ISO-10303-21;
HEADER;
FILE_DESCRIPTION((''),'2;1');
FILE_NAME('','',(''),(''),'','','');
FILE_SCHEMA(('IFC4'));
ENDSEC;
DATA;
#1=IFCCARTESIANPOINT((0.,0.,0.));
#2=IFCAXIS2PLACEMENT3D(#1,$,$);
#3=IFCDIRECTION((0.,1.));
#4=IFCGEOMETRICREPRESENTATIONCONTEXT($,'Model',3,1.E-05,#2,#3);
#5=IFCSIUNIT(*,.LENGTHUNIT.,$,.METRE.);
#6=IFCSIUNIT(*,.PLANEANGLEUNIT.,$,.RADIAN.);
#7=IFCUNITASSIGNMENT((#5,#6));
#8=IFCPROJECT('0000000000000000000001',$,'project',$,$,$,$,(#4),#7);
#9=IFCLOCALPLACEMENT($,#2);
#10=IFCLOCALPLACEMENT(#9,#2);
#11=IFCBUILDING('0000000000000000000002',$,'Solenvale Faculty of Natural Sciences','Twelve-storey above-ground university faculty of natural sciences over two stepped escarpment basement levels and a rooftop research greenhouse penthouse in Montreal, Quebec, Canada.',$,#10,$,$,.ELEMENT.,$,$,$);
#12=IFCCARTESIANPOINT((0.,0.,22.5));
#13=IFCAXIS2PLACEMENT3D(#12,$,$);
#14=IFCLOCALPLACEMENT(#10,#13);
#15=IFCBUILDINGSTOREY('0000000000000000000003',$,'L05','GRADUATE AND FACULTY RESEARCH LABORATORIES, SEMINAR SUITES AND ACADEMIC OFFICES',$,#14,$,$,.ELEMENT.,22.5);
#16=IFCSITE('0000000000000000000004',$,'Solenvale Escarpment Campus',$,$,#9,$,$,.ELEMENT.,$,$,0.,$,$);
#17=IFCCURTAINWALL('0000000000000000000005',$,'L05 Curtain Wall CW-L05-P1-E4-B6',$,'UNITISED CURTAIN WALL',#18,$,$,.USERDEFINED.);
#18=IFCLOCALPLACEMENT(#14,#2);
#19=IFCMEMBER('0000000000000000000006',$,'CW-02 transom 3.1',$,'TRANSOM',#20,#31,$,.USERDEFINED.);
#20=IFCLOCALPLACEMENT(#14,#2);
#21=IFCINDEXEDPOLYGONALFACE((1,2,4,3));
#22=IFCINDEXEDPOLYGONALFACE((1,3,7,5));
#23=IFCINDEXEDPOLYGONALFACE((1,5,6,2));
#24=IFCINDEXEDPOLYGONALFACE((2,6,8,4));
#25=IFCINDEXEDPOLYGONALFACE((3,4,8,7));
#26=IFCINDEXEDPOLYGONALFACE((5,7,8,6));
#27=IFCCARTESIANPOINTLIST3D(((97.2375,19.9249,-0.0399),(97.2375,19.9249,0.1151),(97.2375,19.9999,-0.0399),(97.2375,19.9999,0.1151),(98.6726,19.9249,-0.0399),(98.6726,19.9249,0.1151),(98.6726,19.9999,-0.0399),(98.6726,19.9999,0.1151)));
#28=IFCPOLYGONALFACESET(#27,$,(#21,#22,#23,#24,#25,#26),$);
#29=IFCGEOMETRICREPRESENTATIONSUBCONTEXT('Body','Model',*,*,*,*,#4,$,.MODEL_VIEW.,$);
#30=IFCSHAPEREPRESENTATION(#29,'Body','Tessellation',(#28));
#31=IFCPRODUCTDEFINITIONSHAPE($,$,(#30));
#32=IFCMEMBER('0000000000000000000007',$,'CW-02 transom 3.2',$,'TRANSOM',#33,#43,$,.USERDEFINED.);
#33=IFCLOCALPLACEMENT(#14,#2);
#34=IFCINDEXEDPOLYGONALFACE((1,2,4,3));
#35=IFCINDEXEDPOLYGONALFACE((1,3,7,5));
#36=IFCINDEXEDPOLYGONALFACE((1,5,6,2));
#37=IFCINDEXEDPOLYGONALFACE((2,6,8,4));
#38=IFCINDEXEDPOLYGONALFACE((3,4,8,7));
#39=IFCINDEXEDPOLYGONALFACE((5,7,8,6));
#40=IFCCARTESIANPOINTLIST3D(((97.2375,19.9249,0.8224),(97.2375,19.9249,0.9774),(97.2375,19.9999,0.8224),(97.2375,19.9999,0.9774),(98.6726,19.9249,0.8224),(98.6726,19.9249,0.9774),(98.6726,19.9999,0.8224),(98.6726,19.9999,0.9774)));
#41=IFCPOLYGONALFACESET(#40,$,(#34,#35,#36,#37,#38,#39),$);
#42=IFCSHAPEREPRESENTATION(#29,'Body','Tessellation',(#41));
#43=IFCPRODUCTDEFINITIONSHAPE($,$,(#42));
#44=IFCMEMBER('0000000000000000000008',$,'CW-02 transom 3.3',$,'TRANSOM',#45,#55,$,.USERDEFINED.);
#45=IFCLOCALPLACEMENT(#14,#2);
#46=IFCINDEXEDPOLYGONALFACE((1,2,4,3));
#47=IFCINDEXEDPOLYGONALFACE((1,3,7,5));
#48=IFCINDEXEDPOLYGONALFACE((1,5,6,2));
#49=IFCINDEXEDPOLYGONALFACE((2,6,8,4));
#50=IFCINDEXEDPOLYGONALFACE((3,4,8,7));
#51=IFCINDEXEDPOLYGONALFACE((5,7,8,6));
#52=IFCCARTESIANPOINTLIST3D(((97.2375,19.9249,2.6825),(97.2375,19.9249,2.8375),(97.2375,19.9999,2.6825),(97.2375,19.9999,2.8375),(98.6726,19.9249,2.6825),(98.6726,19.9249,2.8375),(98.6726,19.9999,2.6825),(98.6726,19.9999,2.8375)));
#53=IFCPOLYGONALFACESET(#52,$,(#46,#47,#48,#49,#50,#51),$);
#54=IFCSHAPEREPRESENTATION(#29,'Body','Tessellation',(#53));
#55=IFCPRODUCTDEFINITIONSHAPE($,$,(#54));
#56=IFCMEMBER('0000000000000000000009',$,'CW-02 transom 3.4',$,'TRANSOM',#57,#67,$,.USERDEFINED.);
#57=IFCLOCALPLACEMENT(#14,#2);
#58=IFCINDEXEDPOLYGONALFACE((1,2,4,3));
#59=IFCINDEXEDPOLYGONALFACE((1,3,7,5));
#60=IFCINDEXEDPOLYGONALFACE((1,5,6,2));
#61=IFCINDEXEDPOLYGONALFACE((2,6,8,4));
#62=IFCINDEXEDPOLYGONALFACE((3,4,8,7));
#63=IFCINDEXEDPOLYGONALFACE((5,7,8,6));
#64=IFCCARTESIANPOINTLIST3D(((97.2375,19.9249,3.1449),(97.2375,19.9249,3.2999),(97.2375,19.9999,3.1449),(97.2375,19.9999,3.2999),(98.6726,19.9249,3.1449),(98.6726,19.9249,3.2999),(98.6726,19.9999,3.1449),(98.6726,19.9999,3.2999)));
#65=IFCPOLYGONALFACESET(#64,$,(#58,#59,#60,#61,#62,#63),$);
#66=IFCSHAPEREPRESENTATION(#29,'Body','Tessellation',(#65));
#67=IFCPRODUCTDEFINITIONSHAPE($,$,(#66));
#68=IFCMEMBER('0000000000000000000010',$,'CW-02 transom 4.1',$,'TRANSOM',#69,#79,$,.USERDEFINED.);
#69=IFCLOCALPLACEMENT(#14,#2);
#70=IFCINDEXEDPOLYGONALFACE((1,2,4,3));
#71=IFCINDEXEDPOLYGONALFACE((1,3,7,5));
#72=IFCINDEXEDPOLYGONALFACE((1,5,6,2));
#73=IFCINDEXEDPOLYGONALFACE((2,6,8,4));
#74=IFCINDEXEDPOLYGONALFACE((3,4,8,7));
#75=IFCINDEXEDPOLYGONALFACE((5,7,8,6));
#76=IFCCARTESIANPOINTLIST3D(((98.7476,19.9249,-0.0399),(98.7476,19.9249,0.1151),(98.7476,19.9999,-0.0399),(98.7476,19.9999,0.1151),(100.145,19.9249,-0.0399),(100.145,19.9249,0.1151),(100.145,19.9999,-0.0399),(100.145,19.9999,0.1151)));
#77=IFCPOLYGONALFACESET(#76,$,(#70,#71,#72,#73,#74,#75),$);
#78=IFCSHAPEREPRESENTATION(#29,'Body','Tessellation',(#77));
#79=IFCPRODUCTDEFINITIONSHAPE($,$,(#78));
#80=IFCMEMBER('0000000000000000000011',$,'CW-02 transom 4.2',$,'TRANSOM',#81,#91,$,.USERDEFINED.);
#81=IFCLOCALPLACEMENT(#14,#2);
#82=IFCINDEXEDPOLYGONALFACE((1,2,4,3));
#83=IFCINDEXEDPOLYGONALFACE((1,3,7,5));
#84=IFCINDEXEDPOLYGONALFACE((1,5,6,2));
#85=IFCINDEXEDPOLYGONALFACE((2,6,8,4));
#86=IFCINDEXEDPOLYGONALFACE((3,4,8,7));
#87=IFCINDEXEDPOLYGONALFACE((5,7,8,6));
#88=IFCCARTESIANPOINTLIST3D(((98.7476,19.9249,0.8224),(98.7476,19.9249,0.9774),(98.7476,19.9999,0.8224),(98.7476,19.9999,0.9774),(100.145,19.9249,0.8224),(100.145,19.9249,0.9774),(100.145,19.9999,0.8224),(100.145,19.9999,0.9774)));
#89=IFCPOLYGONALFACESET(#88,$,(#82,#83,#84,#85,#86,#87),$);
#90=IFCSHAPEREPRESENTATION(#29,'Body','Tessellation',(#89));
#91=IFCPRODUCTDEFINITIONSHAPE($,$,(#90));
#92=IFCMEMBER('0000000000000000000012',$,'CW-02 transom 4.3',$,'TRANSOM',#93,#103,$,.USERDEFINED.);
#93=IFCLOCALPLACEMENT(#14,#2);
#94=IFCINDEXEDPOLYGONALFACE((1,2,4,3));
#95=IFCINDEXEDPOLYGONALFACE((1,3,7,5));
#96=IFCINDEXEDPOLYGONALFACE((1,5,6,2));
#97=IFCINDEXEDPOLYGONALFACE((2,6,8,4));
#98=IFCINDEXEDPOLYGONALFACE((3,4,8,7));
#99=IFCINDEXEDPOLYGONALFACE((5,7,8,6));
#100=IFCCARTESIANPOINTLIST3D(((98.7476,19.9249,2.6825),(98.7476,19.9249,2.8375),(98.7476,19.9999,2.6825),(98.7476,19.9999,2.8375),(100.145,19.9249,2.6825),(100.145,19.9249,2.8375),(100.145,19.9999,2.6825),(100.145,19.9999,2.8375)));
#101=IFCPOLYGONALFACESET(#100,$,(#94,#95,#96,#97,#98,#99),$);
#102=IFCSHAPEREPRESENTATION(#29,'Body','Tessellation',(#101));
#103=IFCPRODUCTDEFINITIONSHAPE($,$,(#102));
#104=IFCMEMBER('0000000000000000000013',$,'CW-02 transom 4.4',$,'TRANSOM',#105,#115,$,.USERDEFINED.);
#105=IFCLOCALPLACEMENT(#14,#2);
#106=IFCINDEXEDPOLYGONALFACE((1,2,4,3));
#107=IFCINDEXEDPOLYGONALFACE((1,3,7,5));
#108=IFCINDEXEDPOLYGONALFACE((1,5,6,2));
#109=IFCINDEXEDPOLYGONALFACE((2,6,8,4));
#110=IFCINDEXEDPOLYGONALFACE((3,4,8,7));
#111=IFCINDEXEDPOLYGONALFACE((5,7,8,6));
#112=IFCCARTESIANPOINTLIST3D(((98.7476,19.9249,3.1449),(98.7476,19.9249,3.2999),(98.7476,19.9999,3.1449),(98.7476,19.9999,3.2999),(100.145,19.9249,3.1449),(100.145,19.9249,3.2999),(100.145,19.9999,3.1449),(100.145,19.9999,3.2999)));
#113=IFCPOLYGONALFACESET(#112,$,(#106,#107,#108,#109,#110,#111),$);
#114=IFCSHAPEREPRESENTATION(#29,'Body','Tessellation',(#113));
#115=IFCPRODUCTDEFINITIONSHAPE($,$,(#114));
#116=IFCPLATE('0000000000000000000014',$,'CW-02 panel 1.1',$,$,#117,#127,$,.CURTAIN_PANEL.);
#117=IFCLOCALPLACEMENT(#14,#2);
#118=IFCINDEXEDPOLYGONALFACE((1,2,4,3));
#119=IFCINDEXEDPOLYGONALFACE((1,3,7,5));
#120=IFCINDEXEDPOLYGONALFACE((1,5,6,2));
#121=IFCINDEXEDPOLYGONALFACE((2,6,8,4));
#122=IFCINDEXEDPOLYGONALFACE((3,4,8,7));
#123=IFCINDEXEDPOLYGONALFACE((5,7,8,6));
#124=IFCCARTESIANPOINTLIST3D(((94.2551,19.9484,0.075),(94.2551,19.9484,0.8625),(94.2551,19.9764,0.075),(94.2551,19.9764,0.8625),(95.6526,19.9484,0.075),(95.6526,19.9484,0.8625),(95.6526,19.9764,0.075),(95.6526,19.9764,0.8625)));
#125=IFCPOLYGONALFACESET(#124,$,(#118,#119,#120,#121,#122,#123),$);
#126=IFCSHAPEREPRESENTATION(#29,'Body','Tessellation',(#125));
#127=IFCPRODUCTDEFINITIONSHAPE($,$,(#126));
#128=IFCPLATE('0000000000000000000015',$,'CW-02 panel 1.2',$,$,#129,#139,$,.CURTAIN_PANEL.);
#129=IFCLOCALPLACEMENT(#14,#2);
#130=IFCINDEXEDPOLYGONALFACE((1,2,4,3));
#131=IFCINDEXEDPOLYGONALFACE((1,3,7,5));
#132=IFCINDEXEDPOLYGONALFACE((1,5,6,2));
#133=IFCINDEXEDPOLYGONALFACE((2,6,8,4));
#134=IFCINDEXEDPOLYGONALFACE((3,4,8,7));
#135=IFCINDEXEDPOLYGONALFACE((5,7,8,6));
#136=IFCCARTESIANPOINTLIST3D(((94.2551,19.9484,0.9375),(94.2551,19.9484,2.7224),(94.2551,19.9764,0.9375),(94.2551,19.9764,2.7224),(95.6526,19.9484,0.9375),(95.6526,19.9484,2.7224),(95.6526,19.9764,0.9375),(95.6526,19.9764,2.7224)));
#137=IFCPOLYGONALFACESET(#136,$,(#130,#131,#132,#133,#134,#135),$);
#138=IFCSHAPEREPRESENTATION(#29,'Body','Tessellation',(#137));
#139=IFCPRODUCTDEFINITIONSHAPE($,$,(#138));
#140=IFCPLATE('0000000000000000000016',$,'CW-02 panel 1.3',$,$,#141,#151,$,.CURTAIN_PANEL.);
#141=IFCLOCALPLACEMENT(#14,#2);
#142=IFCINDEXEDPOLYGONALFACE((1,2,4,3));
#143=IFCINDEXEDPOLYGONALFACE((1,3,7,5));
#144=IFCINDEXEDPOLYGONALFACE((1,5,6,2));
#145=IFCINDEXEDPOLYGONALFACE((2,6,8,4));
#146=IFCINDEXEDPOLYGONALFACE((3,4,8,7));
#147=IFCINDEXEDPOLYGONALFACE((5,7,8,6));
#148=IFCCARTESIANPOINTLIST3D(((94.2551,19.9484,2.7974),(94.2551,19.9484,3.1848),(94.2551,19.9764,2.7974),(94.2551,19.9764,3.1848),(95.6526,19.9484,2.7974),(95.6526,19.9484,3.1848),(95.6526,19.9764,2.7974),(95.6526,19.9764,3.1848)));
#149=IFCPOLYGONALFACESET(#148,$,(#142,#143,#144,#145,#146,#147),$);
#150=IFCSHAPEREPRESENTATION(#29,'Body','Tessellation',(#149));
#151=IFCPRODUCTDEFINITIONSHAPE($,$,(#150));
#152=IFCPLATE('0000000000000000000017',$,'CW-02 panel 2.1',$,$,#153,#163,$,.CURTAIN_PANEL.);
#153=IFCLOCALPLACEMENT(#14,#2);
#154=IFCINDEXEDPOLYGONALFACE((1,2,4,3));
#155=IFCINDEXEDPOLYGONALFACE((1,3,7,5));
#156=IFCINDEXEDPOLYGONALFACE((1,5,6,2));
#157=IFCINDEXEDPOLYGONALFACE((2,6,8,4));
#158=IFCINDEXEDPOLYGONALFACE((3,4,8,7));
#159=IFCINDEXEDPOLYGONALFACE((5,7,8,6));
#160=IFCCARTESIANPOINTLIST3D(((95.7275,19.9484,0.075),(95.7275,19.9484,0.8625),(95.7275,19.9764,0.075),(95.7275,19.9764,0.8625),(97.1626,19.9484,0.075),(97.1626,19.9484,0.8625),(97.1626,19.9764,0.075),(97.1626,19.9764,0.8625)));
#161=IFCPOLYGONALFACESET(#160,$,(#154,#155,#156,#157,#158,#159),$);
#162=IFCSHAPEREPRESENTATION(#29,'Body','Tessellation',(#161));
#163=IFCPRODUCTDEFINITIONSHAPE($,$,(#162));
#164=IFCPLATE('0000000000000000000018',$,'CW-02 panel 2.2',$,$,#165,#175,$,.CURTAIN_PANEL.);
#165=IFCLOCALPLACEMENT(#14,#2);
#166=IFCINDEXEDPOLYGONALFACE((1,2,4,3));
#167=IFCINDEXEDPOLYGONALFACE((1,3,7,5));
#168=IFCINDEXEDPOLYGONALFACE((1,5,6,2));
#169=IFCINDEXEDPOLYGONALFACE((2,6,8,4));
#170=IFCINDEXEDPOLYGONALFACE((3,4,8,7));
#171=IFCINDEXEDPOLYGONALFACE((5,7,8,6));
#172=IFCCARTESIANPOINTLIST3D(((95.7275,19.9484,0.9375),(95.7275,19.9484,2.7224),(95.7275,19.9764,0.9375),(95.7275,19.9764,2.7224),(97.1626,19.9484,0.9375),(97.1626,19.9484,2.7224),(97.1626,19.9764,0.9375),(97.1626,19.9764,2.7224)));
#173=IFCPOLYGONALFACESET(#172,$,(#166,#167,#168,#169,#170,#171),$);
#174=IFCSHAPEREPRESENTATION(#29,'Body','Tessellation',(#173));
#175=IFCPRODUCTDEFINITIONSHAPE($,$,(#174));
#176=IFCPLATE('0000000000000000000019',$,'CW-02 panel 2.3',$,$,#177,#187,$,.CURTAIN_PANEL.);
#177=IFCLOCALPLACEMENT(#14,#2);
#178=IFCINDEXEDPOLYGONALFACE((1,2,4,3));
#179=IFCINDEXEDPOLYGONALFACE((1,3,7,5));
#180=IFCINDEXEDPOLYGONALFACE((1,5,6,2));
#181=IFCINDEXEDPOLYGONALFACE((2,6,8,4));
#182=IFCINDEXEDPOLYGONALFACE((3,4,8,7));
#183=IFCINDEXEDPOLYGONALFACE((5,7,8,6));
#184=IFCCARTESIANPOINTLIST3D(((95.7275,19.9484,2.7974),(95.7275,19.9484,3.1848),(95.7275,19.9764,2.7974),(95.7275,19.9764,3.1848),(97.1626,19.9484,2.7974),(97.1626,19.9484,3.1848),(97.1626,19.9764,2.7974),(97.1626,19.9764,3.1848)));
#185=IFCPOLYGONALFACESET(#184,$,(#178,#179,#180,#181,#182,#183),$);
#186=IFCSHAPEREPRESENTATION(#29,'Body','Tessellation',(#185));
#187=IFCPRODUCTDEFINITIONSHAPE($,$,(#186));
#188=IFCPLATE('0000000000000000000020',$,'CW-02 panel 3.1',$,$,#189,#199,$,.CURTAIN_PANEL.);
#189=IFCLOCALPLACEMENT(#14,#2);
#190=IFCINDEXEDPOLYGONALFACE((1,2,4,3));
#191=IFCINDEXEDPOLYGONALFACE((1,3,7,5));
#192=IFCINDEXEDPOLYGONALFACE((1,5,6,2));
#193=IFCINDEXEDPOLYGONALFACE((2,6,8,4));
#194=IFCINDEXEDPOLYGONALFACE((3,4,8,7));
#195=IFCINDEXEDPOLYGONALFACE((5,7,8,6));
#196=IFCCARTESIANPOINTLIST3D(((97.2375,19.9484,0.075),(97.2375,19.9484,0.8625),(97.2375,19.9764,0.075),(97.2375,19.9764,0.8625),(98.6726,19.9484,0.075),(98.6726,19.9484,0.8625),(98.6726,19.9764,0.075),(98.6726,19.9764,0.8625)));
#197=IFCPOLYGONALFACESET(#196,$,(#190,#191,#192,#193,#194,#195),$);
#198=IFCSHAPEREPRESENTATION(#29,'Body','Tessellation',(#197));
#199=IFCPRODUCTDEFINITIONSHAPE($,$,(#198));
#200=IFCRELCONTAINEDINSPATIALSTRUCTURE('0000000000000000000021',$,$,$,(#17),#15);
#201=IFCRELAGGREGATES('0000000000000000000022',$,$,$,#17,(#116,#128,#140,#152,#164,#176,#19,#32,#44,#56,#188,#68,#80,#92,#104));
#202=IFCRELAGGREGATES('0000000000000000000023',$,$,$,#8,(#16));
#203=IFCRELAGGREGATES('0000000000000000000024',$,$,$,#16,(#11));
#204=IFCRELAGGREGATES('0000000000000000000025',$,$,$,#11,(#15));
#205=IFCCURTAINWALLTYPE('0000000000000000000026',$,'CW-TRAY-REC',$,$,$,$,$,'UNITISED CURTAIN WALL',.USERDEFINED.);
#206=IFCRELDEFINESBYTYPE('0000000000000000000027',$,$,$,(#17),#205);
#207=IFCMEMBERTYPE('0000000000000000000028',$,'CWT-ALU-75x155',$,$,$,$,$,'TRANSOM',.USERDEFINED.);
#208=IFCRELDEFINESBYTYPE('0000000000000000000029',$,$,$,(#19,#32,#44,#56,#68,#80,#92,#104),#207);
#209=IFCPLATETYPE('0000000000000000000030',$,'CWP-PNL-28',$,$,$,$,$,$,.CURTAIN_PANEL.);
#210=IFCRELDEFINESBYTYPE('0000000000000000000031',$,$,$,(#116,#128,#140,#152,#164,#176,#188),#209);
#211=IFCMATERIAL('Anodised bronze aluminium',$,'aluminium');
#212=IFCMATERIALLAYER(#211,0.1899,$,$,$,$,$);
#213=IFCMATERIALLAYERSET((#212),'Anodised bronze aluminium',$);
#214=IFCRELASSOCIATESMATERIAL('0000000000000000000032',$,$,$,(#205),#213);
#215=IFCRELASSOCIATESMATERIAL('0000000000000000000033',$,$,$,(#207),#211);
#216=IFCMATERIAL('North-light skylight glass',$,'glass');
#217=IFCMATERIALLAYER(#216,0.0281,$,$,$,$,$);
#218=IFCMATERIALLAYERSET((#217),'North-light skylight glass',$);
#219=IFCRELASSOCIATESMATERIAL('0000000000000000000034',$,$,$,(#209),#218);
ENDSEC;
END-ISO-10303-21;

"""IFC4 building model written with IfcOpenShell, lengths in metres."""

from ifc_helpers import new_model, si_unit, direction, frame, origin, origin_2d, place, context, subcontext, project, spatial, rectangle, extrude, material, layer, layer_set, material_profile, profile_set, type_object, element, aggregate, save


model = new_model("IFC4")

# Units and contexts
model_context = context("Model", 3, precision=1e-05, world=origin(), true_north=direction((0.0, 1.0)))
body_context = subcontext(model_context, "Body", "Model", "MODEL_VIEW")
ifc_project = project(units=[si_unit("LENGTHUNIT", "METRE"), si_unit("PLANEANGLEUNIT", "RADIAN")], contexts=[model_context])

# Site, building, storey
site_placement = place(None, origin())
site = spatial("IfcSite", under=ifc_project, at=site_placement, Name="Solenvale Escarpment Campus", CompositionType="ELEMENT", RefElevation=0.0)
building_placement = place(site_placement, origin())
building = spatial("IfcBuilding", under=site, at=building_placement, Name="Solenvale Faculty of Natural Sciences", Description="Twelve-storey above-ground university faculty of natural sciences over two stepped escarpment basement levels and a rooftop research greenhouse penthouse in Montreal, Quebec, Canada.", CompositionType="ELEMENT")
storey_placement = place(building_placement, frame((0.0, 0.0, 22.5)))
storey = spatial("IfcBuildingStorey", under=building, at=storey_placement, Name="L05", Description="GRADUATE AND FACULTY RESEARCH LABORATORIES, SEMINAR SUITES AND ACADEMIC OFFICES", CompositionType="ELEMENT", Elevation=22.5)

# Curtain wall, members, plates
ifc_material_1 = material(Name="Anodised bronze aluminium", Category="aluminium")
ifc_layer_1 = layer(ifc_material_1, 0.1899)
ifc_layer_set_1 = layer_set([ifc_layer_1], Name="Anodised bronze aluminium")
curtain_wall_type = type_object("IfcCurtainWallType", Name="CW-TRAY-REC", ElementType="UNITISED CURTAIN WALL", PredefinedType="USERDEFINED", material=ifc_layer_set_1)
curtain_wall_placement = place(storey_placement, origin())
curtain_wall = element("IfcCurtainWall", 1, at=curtain_wall_placement, inside=storey, type_object=curtain_wall_type, Name="L05 Curtain Wall CW-L05-P1-E4-B6", ObjectType="UNITISED CURTAIN WALL", PredefinedType="USERDEFINED")
ifc_material_profile_1 = material_profile(ifc_material_1, rectangle(XDim=0.075, YDim=0.155, at=origin_2d()), Name="ALU-TRN-75x155")
ifc_profile_set_1 = profile_set([ifc_material_profile_1], Name="Anodised bronze aluminium")
member_type_1 = type_object("IfcMemberType", Name="CWT-ALU-75x155", ElementType="TRANSOM", PredefinedType="USERDEFINED", material=ifc_profile_set_1)
member_1_placement = place(storey_placement, frame((97.2375, 19.9624, 0.0376), z_axis=(1.0, 0.0, 0.0), x_axis=(0.0, 1.0, 0.0)))
member_1 = element("IfcMember", 2, at=member_1_placement, type_object=member_type_1, Name="CW-02 transom 3.1", ObjectType="TRANSOM", PredefinedType="USERDEFINED", context=body_context, shape_type="SweptSolid", body=[
    extrude(rectangle(XDim=0.075, YDim=0.155, at=origin_2d()), origin(), (0.0, 0.0, 1.0), 1.4351),
])
member_2_placement = place(storey_placement, frame((97.2375, 19.9624, 0.8999), z_axis=(1.0, 0.0, 0.0), x_axis=(0.0, 1.0, 0.0)))
member_2 = element("IfcMember", 3, at=member_2_placement, type_object=member_type_1, Name="CW-02 transom 3.2", ObjectType="TRANSOM", PredefinedType="USERDEFINED", context=body_context, shape_type="SweptSolid", body=[
    extrude(rectangle(XDim=0.075, YDim=0.155, at=origin_2d()), origin(), (0.0, 0.0, 1.0), 1.4351),
])
member_3_placement = place(storey_placement, frame((97.2375, 19.9624, 2.76), z_axis=(1.0, 0.0, 0.0), x_axis=(0.0, 1.0, 0.0)))
member_3 = element("IfcMember", 4, at=member_3_placement, type_object=member_type_1, Name="CW-02 transom 3.3", ObjectType="TRANSOM", PredefinedType="USERDEFINED", context=body_context, shape_type="SweptSolid", body=[
    extrude(rectangle(XDim=0.075, YDim=0.155, at=origin_2d()), origin(), (0.0, 0.0, 1.0), 1.4351),
])
member_4_placement = place(storey_placement, frame((97.2375, 19.9624, 3.2224), z_axis=(1.0, 0.0, 0.0), x_axis=(0.0, 1.0, 0.0)))
member_4 = element("IfcMember", 5, at=member_4_placement, type_object=member_type_1, Name="CW-02 transom 3.4", ObjectType="TRANSOM", PredefinedType="USERDEFINED", context=body_context, shape_type="SweptSolid", body=[
    extrude(rectangle(XDim=0.075, YDim=0.155, at=origin_2d()), origin(), (0.0, 0.0, 1.0), 1.4351),
])
member_5_placement = place(storey_placement, frame((98.7476, 19.9624, 0.0376), z_axis=(1.0, 0.0, 0.0), x_axis=(0.0, 1.0, 0.0)))
member_5 = element("IfcMember", 6, at=member_5_placement, type_object=member_type_1, Name="CW-02 transom 4.1", ObjectType="TRANSOM", PredefinedType="USERDEFINED", context=body_context, shape_type="SweptSolid", body=[
    extrude(rectangle(XDim=0.075, YDim=0.155, at=origin_2d()), origin(), (0.0, 0.0, 1.0), 1.3975),
])
member_6_placement = place(storey_placement, frame((98.7476, 19.9624, 0.8999), z_axis=(1.0, 0.0, 0.0), x_axis=(0.0, 1.0, 0.0)))
member_6 = element("IfcMember", 7, at=member_6_placement, type_object=member_type_1, Name="CW-02 transom 4.2", ObjectType="TRANSOM", PredefinedType="USERDEFINED", context=body_context, shape_type="SweptSolid", body=[
    extrude(rectangle(XDim=0.075, YDim=0.155, at=origin_2d()), origin(), (0.0, 0.0, 1.0), 1.3975),
])
member_7_placement = place(storey_placement, frame((98.7476, 19.9624, 2.76), z_axis=(1.0, 0.0, 0.0), x_axis=(0.0, 1.0, 0.0)))
member_7 = element("IfcMember", 8, at=member_7_placement, type_object=member_type_1, Name="CW-02 transom 4.3", ObjectType="TRANSOM", PredefinedType="USERDEFINED", context=body_context, shape_type="SweptSolid", body=[
    extrude(rectangle(XDim=0.075, YDim=0.155, at=origin_2d()), origin(), (0.0, 0.0, 1.0), 1.3975),
])
member_8_placement = place(storey_placement, frame((98.7476, 19.9624, 3.2224), z_axis=(1.0, 0.0, 0.0), x_axis=(0.0, 1.0, 0.0)))
member_8 = element("IfcMember", 9, at=member_8_placement, type_object=member_type_1, Name="CW-02 transom 4.4", ObjectType="TRANSOM", PredefinedType="USERDEFINED", context=body_context, shape_type="SweptSolid", body=[
    extrude(rectangle(XDim=0.075, YDim=0.155, at=origin_2d()), origin(), (0.0, 0.0, 1.0), 1.3975),
])
ifc_material_2 = material(Name="North-light skylight glass", Category="glass")
ifc_layer_2 = layer(ifc_material_2, 0.0281)
ifc_layer_set_2 = layer_set([ifc_layer_2], Name="North-light skylight glass")
plate_type = type_object("IfcPlateType", Name="CWP-PNL-28", PredefinedType="CURTAIN_PANEL", material=ifc_layer_set_2)
plate_1_placement = place(storey_placement, frame((94.9539, 19.9624, 0.075), z_axis=(0.0, 0.0, 1.0), x_axis=(1.0, 0.0, 0.0)))
plate_1 = element("IfcPlate", 10, at=plate_1_placement, type_object=plate_type, Name="CW-02 panel 1.1", PredefinedType="CURTAIN_PANEL", context=body_context, shape_type="SweptSolid", body=[
    extrude(rectangle(XDim=1.3975, YDim=0.0281, at=origin_2d()), origin(), (0.0, 0.0, 1.0), 0.7876),
])
plate_2_placement = place(storey_placement, frame((94.9539, 19.9624, 0.9375), z_axis=(0.0, 0.0, 1.0), x_axis=(1.0, 0.0, 0.0)))
plate_2 = element("IfcPlate", 11, at=plate_2_placement, type_object=plate_type, Name="CW-02 panel 1.2", PredefinedType="CURTAIN_PANEL", context=body_context, shape_type="SweptSolid", body=[
    extrude(rectangle(XDim=1.3975, YDim=0.0281, at=origin_2d()), origin(), (0.0, 0.0, 1.0), 1.7849),
])
plate_3_placement = place(storey_placement, frame((94.9539, 19.9624, 2.7974), z_axis=(0.0, 0.0, 1.0), x_axis=(1.0, 0.0, 0.0)))
plate_3 = element("IfcPlate", 12, at=plate_3_placement, type_object=plate_type, Name="CW-02 panel 1.3", PredefinedType="CURTAIN_PANEL", context=body_context, shape_type="SweptSolid", body=[
    extrude(rectangle(XDim=1.3975, YDim=0.0281, at=origin_2d()), origin(), (0.0, 0.0, 1.0), 0.3875),
])
plate_4_placement = place(storey_placement, frame((96.4451, 19.9624, 0.075), z_axis=(0.0, 0.0, 1.0), x_axis=(1.0, 0.0, 0.0)))
plate_4 = element("IfcPlate", 13, at=plate_4_placement, type_object=plate_type, Name="CW-02 panel 2.1", PredefinedType="CURTAIN_PANEL", context=body_context, shape_type="SweptSolid", body=[
    extrude(rectangle(XDim=1.4351, YDim=0.0281, at=origin_2d()), origin(), (0.0, 0.0, 1.0), 0.7876),
])
plate_5_placement = place(storey_placement, frame((96.4451, 19.9624, 0.9375), z_axis=(0.0, 0.0, 1.0), x_axis=(1.0, 0.0, 0.0)))
plate_5 = element("IfcPlate", 14, at=plate_5_placement, type_object=plate_type, Name="CW-02 panel 2.2", PredefinedType="CURTAIN_PANEL", context=body_context, shape_type="SweptSolid", body=[
    extrude(rectangle(XDim=1.4351, YDim=0.0281, at=origin_2d()), origin(), (0.0, 0.0, 1.0), 1.7849),
])
plate_6_placement = place(storey_placement, frame((96.4451, 19.9624, 2.7974), z_axis=(0.0, 0.0, 1.0), x_axis=(1.0, 0.0, 0.0)))
plate_6 = element("IfcPlate", 15, at=plate_6_placement, type_object=plate_type, Name="CW-02 panel 2.3", PredefinedType="CURTAIN_PANEL", context=body_context, shape_type="SweptSolid", body=[
    extrude(rectangle(XDim=1.4351, YDim=0.0281, at=origin_2d()), origin(), (0.0, 0.0, 1.0), 0.3875),
])
plate_7_placement = place(storey_placement, frame((97.9551, 19.9624, 0.075), z_axis=(0.0, 0.0, 1.0), x_axis=(1.0, 0.0, 0.0)))
plate_7 = element("IfcPlate", 16, at=plate_7_placement, type_object=plate_type, Name="CW-02 panel 3.1", PredefinedType="CURTAIN_PANEL", context=body_context, shape_type="SweptSolid", body=[
    extrude(rectangle(XDim=1.4351, YDim=0.0281, at=origin_2d()), origin(), (0.0, 0.0, 1.0), 0.7876),
])
aggregate(curtain_wall, [plate_1, plate_2, plate_3, plate_4, plate_5, plate_6, member_1, member_2, member_3, member_4, plate_7, member_5, member_6, member_7, member_8])

save(model, "model.ifc")
